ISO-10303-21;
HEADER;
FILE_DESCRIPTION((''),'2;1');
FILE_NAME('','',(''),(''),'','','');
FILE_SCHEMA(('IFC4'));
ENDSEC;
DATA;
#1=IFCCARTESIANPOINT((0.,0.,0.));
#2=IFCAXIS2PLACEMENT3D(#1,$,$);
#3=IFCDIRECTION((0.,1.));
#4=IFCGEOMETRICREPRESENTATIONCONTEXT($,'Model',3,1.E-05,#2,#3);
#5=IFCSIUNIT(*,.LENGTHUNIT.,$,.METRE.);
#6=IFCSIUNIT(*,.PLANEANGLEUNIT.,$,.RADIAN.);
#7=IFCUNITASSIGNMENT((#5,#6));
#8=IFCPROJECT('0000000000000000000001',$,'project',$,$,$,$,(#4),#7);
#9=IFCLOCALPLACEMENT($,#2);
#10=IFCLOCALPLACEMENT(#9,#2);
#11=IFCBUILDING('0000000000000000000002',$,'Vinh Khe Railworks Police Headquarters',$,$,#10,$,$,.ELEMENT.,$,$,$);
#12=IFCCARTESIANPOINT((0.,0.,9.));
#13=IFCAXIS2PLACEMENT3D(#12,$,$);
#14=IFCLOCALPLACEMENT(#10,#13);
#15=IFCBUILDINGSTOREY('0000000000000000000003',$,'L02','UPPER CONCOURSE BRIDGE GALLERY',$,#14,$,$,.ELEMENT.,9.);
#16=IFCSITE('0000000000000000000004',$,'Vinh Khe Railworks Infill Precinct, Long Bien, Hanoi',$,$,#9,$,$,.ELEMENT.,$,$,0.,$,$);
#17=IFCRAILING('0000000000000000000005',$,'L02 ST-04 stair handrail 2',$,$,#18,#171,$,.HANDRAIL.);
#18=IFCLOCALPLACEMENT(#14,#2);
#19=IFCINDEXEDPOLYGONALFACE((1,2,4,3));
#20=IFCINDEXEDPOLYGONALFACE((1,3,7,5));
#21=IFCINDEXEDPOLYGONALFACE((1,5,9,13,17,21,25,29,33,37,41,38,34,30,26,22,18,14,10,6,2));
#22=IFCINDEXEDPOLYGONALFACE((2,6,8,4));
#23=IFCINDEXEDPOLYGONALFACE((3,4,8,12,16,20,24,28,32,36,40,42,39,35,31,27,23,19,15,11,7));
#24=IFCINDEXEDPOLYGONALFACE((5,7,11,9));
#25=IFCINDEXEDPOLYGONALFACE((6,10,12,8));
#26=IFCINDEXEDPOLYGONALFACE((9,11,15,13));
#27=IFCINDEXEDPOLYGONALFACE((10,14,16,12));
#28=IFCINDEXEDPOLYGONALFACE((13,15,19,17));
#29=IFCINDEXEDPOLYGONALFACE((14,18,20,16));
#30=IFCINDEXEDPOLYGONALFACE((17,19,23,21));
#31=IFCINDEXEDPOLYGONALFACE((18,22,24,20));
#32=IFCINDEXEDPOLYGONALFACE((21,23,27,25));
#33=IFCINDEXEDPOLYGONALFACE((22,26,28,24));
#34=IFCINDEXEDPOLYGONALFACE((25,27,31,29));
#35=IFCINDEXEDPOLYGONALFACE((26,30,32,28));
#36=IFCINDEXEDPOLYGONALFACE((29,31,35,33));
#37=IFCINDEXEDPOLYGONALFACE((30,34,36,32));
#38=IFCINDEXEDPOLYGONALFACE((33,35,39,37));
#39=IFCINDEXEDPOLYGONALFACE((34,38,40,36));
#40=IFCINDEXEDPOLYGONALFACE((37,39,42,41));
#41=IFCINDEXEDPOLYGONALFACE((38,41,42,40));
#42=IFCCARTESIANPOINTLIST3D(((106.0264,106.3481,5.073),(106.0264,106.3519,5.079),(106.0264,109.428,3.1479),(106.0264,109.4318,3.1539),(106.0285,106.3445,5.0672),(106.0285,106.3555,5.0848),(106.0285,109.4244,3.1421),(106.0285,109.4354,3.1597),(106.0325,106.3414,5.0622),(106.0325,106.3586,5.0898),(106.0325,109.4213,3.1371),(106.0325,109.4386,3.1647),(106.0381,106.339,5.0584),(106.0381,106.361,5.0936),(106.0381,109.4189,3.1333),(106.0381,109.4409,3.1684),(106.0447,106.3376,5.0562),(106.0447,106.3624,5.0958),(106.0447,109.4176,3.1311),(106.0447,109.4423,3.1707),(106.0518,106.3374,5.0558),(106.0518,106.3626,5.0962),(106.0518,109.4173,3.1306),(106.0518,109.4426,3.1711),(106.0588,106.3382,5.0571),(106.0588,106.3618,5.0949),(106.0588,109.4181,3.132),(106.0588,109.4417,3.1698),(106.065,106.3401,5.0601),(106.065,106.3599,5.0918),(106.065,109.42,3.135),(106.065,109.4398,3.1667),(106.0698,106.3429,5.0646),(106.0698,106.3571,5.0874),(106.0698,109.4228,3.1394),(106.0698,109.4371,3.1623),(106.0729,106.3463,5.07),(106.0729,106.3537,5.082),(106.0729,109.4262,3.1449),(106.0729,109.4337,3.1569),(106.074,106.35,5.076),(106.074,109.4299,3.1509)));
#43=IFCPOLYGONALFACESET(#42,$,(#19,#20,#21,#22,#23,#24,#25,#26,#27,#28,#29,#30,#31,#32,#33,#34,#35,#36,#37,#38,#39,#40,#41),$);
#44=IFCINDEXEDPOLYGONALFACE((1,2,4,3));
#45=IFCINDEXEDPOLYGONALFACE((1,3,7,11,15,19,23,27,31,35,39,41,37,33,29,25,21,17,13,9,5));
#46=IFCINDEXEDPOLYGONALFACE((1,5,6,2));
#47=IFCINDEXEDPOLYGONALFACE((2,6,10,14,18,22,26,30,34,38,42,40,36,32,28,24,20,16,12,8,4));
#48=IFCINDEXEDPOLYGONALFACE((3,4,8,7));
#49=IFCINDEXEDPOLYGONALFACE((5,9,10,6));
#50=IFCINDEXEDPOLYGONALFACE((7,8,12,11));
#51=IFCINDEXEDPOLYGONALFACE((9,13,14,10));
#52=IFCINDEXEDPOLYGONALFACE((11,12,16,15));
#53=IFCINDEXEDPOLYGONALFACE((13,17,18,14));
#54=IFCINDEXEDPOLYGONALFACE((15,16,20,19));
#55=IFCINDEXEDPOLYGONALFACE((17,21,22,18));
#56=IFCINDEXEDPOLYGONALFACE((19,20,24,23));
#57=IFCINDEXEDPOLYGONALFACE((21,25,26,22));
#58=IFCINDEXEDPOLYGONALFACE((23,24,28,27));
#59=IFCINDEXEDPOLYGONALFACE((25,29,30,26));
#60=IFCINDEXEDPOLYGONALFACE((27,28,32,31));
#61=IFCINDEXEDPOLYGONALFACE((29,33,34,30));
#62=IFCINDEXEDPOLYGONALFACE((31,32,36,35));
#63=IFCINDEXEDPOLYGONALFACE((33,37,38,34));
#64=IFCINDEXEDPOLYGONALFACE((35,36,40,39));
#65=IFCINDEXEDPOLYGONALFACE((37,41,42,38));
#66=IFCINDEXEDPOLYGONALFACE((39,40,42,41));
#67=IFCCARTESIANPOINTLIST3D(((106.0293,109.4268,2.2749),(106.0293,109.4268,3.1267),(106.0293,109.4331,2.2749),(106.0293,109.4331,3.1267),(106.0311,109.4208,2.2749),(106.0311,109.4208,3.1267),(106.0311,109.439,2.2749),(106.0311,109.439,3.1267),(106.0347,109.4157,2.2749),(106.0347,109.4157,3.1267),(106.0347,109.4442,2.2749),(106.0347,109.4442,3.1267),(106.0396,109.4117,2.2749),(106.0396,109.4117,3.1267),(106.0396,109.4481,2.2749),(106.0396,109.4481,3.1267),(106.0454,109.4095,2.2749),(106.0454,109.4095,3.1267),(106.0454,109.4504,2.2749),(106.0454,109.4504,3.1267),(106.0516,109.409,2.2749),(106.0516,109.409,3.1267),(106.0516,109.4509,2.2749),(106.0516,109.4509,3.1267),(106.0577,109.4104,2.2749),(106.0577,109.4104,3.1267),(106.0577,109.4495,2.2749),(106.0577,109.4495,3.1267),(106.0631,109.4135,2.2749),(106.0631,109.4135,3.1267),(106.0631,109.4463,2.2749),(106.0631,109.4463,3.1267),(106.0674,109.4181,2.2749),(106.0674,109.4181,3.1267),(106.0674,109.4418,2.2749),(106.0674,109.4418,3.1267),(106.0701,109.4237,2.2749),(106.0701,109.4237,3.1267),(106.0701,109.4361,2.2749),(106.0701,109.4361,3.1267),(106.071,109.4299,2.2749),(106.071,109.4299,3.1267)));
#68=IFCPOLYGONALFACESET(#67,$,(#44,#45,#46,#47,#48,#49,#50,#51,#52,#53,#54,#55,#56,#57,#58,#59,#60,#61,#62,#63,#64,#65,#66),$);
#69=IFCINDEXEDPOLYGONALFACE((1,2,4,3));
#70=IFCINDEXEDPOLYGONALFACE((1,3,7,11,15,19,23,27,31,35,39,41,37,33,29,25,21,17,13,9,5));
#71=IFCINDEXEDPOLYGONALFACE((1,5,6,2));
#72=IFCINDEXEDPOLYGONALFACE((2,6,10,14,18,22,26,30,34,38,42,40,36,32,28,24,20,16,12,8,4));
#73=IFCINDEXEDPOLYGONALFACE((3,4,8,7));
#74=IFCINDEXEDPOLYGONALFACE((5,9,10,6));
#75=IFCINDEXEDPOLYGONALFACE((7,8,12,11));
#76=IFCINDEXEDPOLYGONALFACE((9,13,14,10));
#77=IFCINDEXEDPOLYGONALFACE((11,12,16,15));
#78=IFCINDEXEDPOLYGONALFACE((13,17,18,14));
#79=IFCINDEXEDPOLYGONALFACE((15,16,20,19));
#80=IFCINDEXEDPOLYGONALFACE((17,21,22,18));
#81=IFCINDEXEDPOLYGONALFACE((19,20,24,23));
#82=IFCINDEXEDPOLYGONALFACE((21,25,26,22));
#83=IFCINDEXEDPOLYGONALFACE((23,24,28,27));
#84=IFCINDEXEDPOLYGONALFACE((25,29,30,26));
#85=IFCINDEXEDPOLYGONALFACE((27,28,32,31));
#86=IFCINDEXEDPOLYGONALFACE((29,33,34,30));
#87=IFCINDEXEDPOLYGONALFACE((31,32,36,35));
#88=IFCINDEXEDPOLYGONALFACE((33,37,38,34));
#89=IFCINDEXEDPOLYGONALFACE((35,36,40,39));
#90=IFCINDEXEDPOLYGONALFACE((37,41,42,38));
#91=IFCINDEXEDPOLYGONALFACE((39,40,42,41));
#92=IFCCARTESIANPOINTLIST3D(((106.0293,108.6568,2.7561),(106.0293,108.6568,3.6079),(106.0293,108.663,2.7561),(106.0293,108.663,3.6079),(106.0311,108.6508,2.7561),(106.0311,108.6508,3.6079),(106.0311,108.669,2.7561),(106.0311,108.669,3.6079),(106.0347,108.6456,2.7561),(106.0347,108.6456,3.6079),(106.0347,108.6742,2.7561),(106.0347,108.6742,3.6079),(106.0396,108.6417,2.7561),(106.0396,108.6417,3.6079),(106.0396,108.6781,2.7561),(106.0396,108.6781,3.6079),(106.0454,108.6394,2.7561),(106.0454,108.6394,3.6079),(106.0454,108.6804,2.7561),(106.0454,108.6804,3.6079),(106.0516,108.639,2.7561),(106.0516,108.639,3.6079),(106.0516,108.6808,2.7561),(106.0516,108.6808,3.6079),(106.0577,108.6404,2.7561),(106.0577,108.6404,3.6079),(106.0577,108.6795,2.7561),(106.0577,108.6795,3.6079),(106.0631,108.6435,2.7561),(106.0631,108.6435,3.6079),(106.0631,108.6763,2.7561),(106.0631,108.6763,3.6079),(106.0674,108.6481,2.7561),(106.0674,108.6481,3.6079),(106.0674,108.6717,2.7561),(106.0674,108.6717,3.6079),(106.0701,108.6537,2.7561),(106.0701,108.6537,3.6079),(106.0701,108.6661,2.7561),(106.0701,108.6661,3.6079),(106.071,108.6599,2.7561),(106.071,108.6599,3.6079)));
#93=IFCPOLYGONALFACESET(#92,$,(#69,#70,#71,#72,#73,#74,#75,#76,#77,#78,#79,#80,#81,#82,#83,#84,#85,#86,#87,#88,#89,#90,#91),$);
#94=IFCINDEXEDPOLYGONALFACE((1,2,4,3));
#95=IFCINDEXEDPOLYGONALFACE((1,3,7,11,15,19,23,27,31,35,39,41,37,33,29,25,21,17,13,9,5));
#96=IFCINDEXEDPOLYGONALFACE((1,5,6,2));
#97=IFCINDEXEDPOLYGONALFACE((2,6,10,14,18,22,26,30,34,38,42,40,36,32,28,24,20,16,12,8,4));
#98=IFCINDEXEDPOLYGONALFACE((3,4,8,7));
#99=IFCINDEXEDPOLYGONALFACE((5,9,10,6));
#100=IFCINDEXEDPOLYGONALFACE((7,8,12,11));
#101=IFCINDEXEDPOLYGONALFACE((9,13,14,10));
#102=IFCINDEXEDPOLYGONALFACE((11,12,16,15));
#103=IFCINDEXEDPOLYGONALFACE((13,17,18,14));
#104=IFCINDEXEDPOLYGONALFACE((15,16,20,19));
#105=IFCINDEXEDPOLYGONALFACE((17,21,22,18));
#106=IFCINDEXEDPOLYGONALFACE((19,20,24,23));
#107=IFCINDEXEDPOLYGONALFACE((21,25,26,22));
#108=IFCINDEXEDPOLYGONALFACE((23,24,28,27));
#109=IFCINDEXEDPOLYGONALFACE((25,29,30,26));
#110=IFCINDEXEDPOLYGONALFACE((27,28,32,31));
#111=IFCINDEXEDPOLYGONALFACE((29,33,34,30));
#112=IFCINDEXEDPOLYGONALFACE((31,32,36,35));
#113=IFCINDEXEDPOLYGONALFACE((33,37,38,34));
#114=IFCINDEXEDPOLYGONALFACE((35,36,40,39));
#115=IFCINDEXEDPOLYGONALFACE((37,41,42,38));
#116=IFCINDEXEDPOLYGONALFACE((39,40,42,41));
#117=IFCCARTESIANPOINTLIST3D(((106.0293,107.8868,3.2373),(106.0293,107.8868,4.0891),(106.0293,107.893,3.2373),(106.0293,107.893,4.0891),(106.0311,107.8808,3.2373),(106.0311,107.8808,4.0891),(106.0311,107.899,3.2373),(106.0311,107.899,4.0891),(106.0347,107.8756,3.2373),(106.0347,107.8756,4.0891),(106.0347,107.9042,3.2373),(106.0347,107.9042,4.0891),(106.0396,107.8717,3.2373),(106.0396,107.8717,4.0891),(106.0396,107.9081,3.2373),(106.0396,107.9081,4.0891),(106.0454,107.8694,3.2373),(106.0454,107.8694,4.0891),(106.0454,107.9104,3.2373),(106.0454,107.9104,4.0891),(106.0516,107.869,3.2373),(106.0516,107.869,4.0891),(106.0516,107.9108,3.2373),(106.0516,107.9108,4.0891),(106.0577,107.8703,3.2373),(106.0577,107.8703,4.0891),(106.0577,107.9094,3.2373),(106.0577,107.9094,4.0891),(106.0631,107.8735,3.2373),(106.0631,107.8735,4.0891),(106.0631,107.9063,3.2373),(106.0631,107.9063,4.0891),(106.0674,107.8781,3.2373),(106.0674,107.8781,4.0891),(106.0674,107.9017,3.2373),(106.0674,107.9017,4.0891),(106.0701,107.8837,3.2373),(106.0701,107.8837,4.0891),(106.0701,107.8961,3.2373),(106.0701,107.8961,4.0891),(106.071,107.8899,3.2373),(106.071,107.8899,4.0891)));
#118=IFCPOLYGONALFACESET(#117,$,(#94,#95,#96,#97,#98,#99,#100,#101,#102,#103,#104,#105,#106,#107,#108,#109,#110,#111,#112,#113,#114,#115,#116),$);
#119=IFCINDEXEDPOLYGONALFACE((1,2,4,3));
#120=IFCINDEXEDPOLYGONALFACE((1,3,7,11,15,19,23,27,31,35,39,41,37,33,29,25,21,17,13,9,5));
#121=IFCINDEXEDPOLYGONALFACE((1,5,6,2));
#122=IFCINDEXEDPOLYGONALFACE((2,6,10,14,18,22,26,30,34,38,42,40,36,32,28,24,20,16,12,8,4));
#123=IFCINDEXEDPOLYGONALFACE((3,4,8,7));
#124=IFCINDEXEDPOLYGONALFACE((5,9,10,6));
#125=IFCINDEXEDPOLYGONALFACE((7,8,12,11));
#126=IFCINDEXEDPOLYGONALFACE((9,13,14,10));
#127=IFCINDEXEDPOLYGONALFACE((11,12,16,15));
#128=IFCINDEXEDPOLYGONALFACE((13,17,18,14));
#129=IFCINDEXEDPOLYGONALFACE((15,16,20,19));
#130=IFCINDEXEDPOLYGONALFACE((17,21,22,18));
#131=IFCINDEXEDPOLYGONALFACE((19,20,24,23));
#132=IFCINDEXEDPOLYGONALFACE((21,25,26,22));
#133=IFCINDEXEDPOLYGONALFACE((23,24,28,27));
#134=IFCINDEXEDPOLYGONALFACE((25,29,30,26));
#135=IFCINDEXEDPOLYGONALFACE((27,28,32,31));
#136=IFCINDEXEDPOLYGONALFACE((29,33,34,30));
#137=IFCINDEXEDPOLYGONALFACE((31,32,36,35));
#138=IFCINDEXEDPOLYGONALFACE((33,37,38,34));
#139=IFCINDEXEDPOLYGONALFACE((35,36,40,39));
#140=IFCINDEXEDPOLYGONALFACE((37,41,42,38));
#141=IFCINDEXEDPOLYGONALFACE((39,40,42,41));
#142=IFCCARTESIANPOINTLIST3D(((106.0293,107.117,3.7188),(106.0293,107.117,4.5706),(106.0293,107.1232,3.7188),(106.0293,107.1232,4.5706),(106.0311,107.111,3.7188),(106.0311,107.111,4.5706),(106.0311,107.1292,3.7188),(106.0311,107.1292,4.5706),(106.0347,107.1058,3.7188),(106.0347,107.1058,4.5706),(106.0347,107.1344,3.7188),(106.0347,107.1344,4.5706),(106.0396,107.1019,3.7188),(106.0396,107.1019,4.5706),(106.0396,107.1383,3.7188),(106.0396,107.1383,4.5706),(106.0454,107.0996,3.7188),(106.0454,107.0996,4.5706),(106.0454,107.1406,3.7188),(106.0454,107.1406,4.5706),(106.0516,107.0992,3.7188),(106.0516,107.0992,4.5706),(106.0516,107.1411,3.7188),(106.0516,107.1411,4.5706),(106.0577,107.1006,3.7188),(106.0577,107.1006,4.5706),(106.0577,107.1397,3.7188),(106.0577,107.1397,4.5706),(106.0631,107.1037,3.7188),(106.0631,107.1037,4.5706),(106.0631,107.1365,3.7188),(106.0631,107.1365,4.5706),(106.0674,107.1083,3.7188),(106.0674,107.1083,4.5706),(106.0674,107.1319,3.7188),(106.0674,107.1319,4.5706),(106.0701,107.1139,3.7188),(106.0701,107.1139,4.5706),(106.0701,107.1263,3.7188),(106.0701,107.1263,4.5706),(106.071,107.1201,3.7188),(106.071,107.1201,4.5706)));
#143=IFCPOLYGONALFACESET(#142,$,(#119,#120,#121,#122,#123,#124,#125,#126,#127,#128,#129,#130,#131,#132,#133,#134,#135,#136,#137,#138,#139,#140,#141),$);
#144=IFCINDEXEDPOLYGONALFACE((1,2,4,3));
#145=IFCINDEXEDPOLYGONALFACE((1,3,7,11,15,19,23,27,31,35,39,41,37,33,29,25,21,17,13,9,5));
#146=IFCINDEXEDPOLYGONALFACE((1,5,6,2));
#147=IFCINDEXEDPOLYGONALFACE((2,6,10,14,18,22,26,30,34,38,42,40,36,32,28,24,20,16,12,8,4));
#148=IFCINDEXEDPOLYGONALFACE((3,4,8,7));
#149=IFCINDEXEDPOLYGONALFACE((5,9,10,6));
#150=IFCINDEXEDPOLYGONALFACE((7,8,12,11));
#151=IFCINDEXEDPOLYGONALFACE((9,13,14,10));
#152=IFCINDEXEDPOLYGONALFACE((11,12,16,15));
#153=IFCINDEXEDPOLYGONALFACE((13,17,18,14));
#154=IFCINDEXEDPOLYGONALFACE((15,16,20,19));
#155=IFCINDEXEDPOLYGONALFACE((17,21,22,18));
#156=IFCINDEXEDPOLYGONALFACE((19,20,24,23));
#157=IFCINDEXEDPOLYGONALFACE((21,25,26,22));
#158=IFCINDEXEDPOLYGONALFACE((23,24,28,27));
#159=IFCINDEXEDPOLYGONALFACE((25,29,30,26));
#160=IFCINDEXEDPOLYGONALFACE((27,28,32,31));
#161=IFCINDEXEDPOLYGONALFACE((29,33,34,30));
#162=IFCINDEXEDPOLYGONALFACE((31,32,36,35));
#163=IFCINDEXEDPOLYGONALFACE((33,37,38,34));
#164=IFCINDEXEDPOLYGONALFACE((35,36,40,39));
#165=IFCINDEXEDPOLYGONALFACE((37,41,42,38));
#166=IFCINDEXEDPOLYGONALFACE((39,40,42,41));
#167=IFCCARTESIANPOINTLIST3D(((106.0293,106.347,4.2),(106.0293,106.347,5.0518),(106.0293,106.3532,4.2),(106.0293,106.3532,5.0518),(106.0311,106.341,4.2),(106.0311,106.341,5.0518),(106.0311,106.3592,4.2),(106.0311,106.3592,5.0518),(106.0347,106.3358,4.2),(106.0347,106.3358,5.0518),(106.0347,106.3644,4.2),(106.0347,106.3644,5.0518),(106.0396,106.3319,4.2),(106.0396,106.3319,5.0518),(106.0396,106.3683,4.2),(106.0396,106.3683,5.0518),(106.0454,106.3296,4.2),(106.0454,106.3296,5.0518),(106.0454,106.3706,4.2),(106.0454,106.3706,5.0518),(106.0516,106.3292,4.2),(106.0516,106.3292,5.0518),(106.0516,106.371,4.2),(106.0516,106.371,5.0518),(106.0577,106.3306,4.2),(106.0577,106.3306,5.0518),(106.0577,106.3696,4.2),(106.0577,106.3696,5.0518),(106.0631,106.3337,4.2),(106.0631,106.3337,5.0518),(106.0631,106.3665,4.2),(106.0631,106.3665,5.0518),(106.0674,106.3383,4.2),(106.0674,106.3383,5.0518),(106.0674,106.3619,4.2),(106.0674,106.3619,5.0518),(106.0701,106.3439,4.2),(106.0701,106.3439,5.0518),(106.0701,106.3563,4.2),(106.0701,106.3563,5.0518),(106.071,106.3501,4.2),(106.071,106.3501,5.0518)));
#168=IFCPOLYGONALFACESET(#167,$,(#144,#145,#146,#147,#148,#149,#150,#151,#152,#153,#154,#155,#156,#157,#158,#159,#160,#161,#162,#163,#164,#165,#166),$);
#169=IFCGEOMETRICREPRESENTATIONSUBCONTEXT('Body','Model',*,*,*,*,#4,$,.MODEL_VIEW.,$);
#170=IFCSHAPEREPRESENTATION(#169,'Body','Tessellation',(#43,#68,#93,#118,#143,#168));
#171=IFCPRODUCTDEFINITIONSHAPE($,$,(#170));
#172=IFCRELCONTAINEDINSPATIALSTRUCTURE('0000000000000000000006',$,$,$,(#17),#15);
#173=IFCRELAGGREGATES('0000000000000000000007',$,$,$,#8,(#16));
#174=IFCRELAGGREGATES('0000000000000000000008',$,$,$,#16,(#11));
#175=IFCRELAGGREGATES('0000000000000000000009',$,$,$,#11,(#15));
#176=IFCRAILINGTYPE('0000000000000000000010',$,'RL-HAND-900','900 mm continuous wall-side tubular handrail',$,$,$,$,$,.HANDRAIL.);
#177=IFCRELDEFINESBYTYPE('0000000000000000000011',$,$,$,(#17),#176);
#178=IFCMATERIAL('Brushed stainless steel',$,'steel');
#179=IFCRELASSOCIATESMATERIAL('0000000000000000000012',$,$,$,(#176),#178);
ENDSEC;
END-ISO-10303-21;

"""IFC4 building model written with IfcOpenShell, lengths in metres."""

from ifc_helpers import new_model, si_unit, direction, frame, origin, origin_2d, place, context, subcontext, project, spatial, circle, extrude, material, type_object, element, save


model = new_model("IFC4")

# Units and contexts
model_context = context("Model", 3, precision=1e-05, world=origin(), true_north=direction((0.0, 1.0)))
body_context = subcontext(model_context, "Body", "Model", "MODEL_VIEW")
ifc_project = project(units=[si_unit("LENGTHUNIT", "METRE"), si_unit("PLANEANGLEUNIT", "RADIAN")], contexts=[model_context])

# Site, building, storey
site_placement = place(None, origin())
site = spatial("IfcSite", under=ifc_project, at=site_placement, Name="Vinh Khe Railworks Infill Precinct, Long Bien, Hanoi", CompositionType="ELEMENT", RefElevation=0.0)
building_placement = place(site_placement, origin())
building = spatial("IfcBuilding", under=site, at=building_placement, Name="Vinh Khe Railworks Police Headquarters", CompositionType="ELEMENT")
storey_placement = place(building_placement, frame((0.0, 0.0, 9.0)))
storey = spatial("IfcBuildingStorey", under=building, at=storey_placement, Name="L02", Description="UPPER CONCOURSE BRIDGE GALLERY", CompositionType="ELEMENT", Elevation=9.0)

# Railing
ifc_material_1 = material(Name="Brushed stainless steel", Category="steel")
railing_type_1 = type_object("IfcRailingType", Name="RL-HAND-900", Description="900 mm continuous wall-side tubular handrail", PredefinedType="HANDRAIL", material=ifc_material_1)
railing_1_placement = place(storey_placement, frame((106.05, 109.4299, 2.2749)))
element("IfcRailing", 1, at=railing_1_placement, inside=storey, type_object=railing_type_1, Name="L02 ST-04 stair handrail 2", PredefinedType="HANDRAIL", context=body_context, shape_type="SweptSolid", body=[
    extrude(circle(Radius=0.0239, at=origin_2d()), frame((0.0, 0.0, 0.876), z_axis=(0.0, -0.847979, 0.530029), x_axis=(1.0, 0.0, 0.0)), (0.0, 0.0, 1.0), 3.6321),
    extrude(circle(Radius=0.021, at=origin_2d()), origin(), (0.0, 0.0, 1.0), 0.8518),
    extrude(circle(Radius=0.021, at=origin_2d()), frame((0.0, -0.77, 0.4812)), (0.0, 0.0, 1.0), 0.8518),
    extrude(circle(Radius=0.021, at=origin_2d()), frame((0.0, -1.54, 0.9624)), (0.0, 0.0, 1.0), 0.8518),
    extrude(circle(Radius=0.021, at=origin_2d()), frame((0.0, -2.3098, 1.4438)), (0.0, 0.0, 1.0), 0.8518),
    extrude(circle(Radius=0.021, at=origin_2d()), frame((0.0, -3.0798, 1.925)), (0.0, 0.0, 1.0), 0.8518),
])

save(model, "model.ifc")
